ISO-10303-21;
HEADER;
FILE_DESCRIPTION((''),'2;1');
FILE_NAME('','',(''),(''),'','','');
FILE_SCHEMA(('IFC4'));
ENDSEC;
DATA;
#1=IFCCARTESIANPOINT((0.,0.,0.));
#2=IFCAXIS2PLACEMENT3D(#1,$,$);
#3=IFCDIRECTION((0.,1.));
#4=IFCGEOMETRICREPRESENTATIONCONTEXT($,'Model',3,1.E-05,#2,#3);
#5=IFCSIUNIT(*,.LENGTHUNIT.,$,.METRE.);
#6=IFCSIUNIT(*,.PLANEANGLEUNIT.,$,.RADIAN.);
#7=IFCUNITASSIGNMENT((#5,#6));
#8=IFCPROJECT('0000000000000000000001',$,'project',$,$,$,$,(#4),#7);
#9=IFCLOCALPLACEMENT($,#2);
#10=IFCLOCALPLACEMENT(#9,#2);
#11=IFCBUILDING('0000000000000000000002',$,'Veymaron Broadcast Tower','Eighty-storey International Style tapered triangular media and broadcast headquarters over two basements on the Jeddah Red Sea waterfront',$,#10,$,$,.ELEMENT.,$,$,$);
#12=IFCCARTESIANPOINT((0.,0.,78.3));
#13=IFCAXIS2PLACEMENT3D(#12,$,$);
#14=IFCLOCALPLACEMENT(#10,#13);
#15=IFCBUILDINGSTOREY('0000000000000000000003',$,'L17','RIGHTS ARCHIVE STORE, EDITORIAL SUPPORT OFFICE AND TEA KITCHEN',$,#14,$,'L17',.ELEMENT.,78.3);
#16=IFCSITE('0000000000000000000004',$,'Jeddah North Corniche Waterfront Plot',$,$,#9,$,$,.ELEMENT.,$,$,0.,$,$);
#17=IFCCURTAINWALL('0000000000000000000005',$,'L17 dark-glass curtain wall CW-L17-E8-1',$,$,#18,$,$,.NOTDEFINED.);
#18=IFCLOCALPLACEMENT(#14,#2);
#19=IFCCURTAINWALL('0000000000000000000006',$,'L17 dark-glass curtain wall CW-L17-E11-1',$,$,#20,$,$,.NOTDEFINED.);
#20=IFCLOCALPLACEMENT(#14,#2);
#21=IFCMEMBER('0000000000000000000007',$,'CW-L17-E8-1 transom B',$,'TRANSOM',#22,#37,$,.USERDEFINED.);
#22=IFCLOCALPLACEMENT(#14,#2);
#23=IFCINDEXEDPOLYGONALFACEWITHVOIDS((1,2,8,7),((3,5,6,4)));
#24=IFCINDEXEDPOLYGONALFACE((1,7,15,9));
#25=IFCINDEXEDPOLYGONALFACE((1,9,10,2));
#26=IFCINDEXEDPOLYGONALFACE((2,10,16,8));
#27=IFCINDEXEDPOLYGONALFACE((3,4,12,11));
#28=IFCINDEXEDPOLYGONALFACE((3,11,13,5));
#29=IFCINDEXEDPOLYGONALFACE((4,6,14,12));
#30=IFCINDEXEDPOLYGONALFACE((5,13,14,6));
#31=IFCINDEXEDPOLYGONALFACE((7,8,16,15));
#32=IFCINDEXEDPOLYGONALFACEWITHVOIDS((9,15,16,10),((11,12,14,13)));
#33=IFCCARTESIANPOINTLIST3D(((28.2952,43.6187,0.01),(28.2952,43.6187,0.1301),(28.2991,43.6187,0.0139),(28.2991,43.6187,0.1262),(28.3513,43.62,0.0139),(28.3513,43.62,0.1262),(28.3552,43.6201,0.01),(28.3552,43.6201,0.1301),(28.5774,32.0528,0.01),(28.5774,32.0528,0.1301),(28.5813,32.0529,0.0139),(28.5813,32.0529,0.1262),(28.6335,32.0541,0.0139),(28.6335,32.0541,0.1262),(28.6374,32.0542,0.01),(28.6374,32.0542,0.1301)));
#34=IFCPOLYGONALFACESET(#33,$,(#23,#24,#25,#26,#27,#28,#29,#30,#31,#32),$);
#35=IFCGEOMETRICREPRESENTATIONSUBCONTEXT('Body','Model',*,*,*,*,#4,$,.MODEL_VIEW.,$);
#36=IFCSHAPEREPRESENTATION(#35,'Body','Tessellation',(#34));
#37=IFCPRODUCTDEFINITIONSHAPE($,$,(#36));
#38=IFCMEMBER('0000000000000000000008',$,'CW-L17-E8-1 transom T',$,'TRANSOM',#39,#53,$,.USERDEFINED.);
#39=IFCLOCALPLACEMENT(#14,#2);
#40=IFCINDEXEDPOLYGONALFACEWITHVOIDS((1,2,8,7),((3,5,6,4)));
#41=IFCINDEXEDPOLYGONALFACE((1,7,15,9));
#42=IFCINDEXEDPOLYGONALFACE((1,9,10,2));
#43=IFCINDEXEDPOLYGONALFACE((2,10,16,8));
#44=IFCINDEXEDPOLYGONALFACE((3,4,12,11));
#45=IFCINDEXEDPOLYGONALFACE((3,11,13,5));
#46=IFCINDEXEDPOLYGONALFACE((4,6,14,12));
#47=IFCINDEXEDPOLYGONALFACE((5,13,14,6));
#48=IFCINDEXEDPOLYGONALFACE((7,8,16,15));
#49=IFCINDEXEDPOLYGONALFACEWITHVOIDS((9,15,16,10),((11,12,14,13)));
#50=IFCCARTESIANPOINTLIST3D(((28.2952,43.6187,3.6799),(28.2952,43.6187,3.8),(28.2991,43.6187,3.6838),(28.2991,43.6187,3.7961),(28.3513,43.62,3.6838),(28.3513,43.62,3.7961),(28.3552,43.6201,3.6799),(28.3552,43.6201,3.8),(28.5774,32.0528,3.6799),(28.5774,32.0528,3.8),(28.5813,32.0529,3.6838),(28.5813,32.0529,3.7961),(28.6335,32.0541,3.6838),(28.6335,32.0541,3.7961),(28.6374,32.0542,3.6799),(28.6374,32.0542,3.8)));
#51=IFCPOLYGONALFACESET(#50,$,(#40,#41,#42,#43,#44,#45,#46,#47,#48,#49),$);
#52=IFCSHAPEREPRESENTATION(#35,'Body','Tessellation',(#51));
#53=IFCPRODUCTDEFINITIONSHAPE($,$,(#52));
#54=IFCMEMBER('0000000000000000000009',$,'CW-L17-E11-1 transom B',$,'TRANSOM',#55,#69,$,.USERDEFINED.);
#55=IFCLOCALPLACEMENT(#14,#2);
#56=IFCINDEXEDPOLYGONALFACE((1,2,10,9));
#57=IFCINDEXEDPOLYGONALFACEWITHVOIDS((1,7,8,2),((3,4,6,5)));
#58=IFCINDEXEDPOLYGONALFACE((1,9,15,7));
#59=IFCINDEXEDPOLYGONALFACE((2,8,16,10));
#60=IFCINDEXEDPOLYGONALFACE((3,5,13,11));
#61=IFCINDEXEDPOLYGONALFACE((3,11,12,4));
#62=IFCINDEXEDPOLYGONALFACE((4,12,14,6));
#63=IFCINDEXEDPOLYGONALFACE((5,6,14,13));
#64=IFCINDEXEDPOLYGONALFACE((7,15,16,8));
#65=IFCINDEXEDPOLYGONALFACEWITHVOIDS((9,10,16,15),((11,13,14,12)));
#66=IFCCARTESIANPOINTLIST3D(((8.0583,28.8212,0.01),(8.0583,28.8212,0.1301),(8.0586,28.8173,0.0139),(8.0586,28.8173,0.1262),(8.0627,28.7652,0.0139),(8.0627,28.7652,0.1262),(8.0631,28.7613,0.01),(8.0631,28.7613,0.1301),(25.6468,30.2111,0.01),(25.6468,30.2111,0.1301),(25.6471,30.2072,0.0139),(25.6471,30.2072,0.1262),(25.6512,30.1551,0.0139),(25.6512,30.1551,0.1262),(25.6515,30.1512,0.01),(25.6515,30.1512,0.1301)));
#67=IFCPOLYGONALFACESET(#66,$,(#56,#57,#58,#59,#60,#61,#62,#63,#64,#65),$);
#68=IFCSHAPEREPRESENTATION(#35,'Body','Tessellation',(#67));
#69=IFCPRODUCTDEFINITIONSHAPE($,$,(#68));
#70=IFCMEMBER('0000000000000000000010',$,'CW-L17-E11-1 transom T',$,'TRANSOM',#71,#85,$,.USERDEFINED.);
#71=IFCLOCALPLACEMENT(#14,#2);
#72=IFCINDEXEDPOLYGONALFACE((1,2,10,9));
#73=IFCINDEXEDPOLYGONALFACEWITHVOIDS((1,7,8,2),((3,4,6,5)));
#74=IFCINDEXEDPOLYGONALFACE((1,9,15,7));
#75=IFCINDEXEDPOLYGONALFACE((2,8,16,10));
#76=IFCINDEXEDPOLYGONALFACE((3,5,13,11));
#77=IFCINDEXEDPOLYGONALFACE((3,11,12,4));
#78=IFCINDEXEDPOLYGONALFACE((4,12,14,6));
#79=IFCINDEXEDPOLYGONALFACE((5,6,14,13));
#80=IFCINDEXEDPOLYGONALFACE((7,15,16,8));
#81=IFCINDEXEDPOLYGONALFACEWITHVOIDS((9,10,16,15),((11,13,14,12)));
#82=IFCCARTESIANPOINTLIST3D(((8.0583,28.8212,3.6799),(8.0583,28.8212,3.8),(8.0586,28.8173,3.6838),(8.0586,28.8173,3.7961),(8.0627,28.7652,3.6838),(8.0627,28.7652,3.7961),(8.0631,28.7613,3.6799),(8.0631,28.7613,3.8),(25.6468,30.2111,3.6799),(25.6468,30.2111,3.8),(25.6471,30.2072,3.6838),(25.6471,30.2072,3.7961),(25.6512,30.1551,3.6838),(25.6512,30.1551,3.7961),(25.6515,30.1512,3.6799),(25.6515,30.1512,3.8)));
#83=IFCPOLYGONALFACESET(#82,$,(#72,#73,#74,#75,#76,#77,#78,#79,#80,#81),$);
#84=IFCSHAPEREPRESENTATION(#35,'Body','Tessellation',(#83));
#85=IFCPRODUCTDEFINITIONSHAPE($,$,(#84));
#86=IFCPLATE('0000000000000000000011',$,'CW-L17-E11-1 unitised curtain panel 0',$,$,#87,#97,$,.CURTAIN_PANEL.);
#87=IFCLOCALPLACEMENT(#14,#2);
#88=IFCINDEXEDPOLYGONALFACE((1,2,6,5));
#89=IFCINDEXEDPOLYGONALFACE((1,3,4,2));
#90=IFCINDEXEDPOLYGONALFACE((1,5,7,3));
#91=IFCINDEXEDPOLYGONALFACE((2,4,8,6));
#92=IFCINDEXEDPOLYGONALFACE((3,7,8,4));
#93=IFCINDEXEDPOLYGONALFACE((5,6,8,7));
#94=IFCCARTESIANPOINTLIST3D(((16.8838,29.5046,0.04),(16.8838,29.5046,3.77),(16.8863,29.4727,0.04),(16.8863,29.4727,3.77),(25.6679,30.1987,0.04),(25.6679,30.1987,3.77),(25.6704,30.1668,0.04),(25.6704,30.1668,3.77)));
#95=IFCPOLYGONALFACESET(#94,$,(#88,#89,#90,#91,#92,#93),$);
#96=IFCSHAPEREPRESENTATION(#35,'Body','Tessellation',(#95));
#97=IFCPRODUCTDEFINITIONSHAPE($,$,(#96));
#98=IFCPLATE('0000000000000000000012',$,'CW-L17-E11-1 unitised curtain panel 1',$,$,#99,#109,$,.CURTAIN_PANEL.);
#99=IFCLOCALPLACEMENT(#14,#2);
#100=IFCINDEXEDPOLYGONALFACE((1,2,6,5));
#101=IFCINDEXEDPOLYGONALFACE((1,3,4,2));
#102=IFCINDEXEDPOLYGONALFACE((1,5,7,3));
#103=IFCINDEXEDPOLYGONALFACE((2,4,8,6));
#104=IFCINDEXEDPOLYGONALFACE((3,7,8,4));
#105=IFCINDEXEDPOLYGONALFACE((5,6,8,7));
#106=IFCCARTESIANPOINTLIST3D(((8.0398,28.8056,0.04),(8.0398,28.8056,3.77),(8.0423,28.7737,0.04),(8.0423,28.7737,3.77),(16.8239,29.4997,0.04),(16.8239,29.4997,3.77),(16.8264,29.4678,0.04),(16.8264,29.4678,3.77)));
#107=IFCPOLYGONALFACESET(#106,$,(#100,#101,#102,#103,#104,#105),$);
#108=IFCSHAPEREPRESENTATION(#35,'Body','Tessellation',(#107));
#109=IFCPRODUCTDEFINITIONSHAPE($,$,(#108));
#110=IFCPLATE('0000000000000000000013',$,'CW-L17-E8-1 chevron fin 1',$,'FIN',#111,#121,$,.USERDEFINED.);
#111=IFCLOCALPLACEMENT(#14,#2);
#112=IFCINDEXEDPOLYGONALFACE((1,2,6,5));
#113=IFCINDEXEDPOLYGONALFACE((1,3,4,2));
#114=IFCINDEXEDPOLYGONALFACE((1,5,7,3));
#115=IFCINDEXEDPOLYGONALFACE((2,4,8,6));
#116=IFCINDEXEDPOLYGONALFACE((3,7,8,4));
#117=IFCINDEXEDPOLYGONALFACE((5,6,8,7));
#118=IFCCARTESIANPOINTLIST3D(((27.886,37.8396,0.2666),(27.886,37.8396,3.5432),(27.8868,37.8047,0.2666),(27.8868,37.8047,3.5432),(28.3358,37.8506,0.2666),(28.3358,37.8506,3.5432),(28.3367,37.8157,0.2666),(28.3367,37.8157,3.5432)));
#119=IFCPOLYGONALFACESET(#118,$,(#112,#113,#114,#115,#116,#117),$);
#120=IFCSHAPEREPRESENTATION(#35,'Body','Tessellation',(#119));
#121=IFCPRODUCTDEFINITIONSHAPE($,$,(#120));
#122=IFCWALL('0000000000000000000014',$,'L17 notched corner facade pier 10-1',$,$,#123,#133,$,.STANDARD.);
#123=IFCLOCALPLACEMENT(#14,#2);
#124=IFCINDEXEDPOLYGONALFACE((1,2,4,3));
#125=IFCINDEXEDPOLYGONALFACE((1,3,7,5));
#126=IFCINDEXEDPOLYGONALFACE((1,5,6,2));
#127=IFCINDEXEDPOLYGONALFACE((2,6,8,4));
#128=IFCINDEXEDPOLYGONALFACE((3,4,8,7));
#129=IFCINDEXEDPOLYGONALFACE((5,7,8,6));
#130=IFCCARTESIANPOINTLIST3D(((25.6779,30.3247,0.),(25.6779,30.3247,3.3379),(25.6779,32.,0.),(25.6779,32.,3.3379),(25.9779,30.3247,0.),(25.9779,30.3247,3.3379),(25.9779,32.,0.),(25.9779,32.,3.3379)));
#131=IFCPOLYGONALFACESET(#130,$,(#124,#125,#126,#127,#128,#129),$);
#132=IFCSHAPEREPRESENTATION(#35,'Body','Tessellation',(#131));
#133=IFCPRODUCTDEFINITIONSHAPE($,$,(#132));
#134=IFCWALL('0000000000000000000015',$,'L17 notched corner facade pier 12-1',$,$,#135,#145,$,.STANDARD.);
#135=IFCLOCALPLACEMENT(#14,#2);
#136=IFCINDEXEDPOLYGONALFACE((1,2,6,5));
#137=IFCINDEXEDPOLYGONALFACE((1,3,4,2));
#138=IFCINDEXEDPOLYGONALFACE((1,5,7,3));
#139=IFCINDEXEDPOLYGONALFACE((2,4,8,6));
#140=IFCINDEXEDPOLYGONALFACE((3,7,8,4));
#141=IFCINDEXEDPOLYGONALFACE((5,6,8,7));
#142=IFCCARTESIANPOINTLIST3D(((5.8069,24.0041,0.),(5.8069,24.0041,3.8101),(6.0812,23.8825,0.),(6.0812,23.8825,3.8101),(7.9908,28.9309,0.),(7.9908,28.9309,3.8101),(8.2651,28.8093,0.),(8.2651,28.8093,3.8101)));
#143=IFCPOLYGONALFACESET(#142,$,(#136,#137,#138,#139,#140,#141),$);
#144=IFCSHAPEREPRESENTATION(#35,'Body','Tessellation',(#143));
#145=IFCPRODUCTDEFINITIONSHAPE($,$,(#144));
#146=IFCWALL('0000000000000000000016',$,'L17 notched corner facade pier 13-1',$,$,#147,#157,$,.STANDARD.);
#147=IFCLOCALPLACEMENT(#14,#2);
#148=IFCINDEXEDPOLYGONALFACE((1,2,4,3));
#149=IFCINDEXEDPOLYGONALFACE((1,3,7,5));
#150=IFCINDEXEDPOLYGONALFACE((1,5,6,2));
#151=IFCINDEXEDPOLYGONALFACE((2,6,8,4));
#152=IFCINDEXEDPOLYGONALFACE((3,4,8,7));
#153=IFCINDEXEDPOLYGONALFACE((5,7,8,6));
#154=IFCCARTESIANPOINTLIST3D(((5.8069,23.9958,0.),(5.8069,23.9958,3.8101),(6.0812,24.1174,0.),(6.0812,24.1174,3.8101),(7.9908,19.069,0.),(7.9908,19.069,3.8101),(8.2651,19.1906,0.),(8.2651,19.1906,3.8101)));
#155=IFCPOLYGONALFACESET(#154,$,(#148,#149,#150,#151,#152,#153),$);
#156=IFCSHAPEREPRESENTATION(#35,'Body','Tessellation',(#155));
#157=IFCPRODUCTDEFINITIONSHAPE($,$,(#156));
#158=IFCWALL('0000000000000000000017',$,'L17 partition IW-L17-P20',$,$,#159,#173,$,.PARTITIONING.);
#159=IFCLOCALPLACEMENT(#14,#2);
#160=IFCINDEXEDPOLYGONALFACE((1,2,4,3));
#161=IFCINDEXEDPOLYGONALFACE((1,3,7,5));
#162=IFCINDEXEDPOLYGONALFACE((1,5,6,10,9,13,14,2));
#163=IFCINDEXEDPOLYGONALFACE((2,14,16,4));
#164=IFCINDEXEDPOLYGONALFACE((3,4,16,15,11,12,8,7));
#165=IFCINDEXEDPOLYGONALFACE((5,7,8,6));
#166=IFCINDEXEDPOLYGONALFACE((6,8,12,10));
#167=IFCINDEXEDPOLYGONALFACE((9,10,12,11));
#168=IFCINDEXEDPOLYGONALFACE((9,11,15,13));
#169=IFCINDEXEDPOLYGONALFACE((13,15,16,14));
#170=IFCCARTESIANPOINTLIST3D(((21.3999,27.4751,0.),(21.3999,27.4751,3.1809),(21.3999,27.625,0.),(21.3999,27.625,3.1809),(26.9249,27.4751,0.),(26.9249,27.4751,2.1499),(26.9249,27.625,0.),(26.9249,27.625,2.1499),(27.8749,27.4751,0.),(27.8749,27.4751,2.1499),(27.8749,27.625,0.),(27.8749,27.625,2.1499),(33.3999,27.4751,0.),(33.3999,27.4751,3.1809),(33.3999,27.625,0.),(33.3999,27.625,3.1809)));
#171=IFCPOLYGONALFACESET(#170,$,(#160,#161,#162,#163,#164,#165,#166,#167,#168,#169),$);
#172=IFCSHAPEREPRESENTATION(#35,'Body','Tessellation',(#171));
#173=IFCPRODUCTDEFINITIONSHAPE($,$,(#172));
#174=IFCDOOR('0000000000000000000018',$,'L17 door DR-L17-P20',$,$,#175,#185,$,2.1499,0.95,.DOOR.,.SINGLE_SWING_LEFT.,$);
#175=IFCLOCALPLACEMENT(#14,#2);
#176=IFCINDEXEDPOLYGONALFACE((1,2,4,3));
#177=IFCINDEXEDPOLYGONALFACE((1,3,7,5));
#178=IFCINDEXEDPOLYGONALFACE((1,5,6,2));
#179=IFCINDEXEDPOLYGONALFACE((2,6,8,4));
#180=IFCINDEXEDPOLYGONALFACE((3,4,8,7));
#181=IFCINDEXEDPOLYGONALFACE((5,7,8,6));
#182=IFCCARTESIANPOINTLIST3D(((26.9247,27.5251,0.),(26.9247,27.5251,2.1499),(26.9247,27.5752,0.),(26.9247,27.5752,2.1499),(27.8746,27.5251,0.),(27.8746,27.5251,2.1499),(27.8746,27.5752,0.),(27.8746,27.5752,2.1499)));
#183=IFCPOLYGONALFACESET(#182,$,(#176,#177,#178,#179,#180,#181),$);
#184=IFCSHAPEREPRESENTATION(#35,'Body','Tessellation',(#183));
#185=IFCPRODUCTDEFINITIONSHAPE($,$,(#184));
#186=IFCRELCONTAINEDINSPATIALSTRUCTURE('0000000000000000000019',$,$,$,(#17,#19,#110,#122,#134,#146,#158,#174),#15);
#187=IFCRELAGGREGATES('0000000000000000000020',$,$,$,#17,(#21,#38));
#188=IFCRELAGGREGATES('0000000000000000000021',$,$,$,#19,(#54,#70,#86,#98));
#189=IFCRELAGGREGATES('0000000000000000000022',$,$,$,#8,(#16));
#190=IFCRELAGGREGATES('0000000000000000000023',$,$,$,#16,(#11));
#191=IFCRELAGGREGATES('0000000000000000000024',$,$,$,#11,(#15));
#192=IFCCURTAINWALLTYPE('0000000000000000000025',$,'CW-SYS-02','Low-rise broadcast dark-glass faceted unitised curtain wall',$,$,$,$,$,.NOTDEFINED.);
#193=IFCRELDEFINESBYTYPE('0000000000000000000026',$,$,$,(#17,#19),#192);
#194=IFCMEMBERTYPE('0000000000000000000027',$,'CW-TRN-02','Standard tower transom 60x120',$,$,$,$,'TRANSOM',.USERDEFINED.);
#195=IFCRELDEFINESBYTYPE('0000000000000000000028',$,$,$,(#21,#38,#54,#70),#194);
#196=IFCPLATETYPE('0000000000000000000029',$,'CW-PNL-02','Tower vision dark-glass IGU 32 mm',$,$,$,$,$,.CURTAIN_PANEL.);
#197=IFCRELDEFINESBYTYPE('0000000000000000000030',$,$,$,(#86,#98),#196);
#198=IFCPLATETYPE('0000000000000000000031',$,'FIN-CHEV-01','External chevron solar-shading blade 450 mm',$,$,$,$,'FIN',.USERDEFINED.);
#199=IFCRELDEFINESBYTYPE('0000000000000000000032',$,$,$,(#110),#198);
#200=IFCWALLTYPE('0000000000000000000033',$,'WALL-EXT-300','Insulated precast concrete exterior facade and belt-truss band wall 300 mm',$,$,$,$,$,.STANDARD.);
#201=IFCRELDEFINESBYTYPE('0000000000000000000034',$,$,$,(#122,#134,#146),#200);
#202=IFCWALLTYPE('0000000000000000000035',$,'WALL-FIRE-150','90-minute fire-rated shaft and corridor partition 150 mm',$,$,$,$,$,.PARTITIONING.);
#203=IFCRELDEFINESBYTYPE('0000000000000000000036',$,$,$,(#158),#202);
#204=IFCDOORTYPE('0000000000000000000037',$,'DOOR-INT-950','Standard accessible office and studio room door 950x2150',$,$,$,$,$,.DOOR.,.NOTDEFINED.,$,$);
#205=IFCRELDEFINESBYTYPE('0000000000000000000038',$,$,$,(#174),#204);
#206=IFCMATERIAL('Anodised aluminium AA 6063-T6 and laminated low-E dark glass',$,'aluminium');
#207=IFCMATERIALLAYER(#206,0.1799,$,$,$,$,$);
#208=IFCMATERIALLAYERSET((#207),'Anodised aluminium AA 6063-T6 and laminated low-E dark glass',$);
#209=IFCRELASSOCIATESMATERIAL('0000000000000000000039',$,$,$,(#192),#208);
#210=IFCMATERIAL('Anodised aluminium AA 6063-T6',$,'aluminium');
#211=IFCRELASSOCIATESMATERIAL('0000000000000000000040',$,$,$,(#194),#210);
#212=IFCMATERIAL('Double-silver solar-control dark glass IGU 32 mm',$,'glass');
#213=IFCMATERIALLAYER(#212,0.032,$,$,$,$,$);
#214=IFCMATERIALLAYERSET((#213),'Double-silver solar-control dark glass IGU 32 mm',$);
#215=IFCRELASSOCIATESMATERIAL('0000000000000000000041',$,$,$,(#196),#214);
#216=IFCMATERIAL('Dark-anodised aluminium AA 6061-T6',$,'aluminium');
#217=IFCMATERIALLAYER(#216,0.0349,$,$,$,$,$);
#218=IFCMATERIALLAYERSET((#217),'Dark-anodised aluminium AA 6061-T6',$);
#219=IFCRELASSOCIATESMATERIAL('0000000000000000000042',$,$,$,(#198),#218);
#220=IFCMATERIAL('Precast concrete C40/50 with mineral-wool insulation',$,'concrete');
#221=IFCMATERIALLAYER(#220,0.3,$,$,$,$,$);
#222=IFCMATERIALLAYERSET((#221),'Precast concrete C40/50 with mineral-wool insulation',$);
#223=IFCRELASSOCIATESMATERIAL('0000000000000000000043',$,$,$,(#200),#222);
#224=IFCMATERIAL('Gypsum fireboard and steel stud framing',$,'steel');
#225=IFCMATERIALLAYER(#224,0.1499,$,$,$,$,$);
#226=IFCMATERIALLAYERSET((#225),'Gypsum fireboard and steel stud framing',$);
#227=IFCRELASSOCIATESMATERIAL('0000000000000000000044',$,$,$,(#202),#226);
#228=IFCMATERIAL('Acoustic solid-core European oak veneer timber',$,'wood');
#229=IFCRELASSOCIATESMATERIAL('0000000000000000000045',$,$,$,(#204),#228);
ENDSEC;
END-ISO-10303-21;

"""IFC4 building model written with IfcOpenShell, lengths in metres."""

from ifc_helpers import new_model, si_unit, direction, frame, frame_2d, origin, origin_2d, place, context, subcontext, project, spatial, rectangle, hollow_rectangle, extrude, material, layer, layer_set, material_profile, profile_set, type_object, element, fill, aggregate, save


model = new_model("IFC4")

# Units and contexts
model_context = context("Model", 3, precision=1e-05, world=origin(), true_north=direction((0.0, 1.0)))
body_context = subcontext(model_context, "Body", "Model", "MODEL_VIEW")
ifc_project = project(units=[si_unit("LENGTHUNIT", "METRE"), si_unit("PLANEANGLEUNIT", "RADIAN")], contexts=[model_context])

# Site, building, storey
site_placement = place(None, origin())
site = spatial("IfcSite", under=ifc_project, at=site_placement, Name="Jeddah North Corniche Waterfront Plot", CompositionType="ELEMENT", RefElevation=0.0)
building_placement = place(site_placement, origin())
building = spatial("IfcBuilding", under=site, at=building_placement, Name="Veymaron Broadcast Tower", Description="Eighty-storey International Style tapered triangular media and broadcast headquarters over two basements on the Jeddah Red Sea waterfront", CompositionType="ELEMENT")
storey_placement = place(building_placement, frame((0.0, 0.0, 78.3)))
storey = spatial("IfcBuildingStorey", under=building, at=storey_placement, Name="L17", Description="RIGHTS ARCHIVE STORE, EDITORIAL SUPPORT OFFICE AND TEA KITCHEN", LongName="L17", CompositionType="ELEMENT", Elevation=78.3)

# Curtain wall
ifc_material_1 = material(Name="Anodised aluminium AA 6063-T6 and laminated low-E dark glass", Category="aluminium")
ifc_layer_1 = layer(ifc_material_1, 0.1799)
ifc_layer_set_1 = layer_set([ifc_layer_1], Name="Anodised aluminium AA 6063-T6 and laminated low-E dark glass")
curtain_wall_type = type_object("IfcCurtainWallType", Name="CW-SYS-02", Description="Low-rise broadcast dark-glass faceted unitised curtain wall", PredefinedType="NOTDEFINED", material=ifc_layer_set_1)
curtain_wall_1_placement = place(storey_placement, origin())
curtain_wall_1 = element("IfcCurtainWall", 1, at=curtain_wall_1_placement, inside=storey, type_object=curtain_wall_type, Name="L17 dark-glass curtain wall CW-L17-E8-1", PredefinedType="NOTDEFINED")
ifc_material_2 = material(Name="Anodised aluminium AA 6063-T6", Category="aluminium")

# Curtain wall
curtain_wall_2_placement = place(storey_placement, origin())
curtain_wall_2 = element("IfcCurtainWall", 2, at=curtain_wall_2_placement, inside=storey, type_object=curtain_wall_type, Name="L17 dark-glass curtain wall CW-L17-E11-1", PredefinedType="NOTDEFINED")

# Members
ifc_material_profile_1 = material_profile(ifc_material_2, hollow_rectangle(XDim=0.0601, YDim=0.1201, WallThickness=0.0039, at=origin_2d()), Name="AL120X60X4")
ifc_profile_set_1 = profile_set([ifc_material_profile_1], Name="Anodised aluminium AA 6063-T6")
member_type_1 = type_object("IfcMemberType", Name="CW-TRN-02", Description="Standard tower transom 60x120", ElementType="TRANSOM", PredefinedType="USERDEFINED", material=ifc_profile_set_1)
member_1_placement = place(storey_placement, frame((28.3252, 43.6194, 0.0701), z_axis=(0.024394, -0.999702, 0.0), x_axis=(0.999702, 0.024394, 0.0)))
member_1 = element("IfcMember", 3, at=member_1_placement, type_object=member_type_1, Name="CW-L17-E8-1 transom B", ObjectType="TRANSOM", PredefinedType="USERDEFINED", context=body_context, shape_type="SweptSolid", body=[
    extrude(hollow_rectangle(XDim=0.0601, YDim=0.1201, WallThickness=0.0039, at=origin_2d()), origin(), (0.0, 0.0, 1.0), 11.5693),
])
member_2_placement = place(storey_placement, frame((28.3252, 43.6194, 3.74), z_axis=(0.024394, -0.999702, 0.0), x_axis=(0.999702, 0.024394, 0.0)))
member_2 = element("IfcMember", 4, at=member_2_placement, type_object=member_type_1, Name="CW-L17-E8-1 transom T", ObjectType="TRANSOM", PredefinedType="USERDEFINED", context=body_context, shape_type="SweptSolid", body=[
    extrude(hollow_rectangle(XDim=0.0601, YDim=0.1201, WallThickness=0.0039, at=origin_2d()), origin(), (0.0, 0.0, 1.0), 11.5693),
])
aggregate(curtain_wall_1, [member_1, member_2])
member_3_placement = place(storey_placement, frame((25.6492, 30.1812, 0.0701), z_axis=(-0.996892, -0.078778, 0.0), x_axis=(0.078778, -0.996892, 0.0)))
member_3 = element("IfcMember", 5, at=member_3_placement, type_object=member_type_1, Name="CW-L17-E11-1 transom B", ObjectType="TRANSOM", PredefinedType="USERDEFINED", context=body_context, shape_type="SweptSolid", body=[
    extrude(hollow_rectangle(XDim=0.0601, YDim=0.1201, WallThickness=0.0039, at=origin_2d()), origin(), (0.0, 0.0, 1.0), 17.6433),
])
member_4_placement = place(storey_placement, frame((25.6492, 30.1812, 3.74), z_axis=(-0.996892, -0.078778, 0.0), x_axis=(0.078778, -0.996892, 0.0)))
member_4 = element("IfcMember", 6, at=member_4_placement, type_object=member_type_1, Name="CW-L17-E11-1 transom T", ObjectType="TRANSOM", PredefinedType="USERDEFINED", context=body_context, shape_type="SweptSolid", body=[
    extrude(hollow_rectangle(XDim=0.0601, YDim=0.1201, WallThickness=0.0039, at=origin_2d()), origin(), (0.0, 0.0, 1.0), 17.6433),
])

# Plates
ifc_material_3 = material(Name="Double-silver solar-control dark glass IGU 32 mm", Category="glass")
ifc_layer_2 = layer(ifc_material_3, 0.032)
ifc_layer_set_2 = layer_set([ifc_layer_2], Name="Double-silver solar-control dark glass IGU 32 mm")
plate_type_1 = type_object("IfcPlateType", Name="CW-PNL-02", Description="Tower vision dark-glass IGU 32 mm", PredefinedType="CURTAIN_PANEL", material=ifc_layer_set_2)
plate_1_placement = place(storey_placement, frame((21.2771, 29.8357, 0.04), z_axis=(0.0, 0.0, 1.0), x_axis=(-0.996893, -0.078772, 0.0)))
plate_1 = element("IfcPlate", 7, at=plate_1_placement, type_object=plate_type_1, Name="CW-L17-E11-1 unitised curtain panel 0", PredefinedType="CURTAIN_PANEL", context=body_context, shape_type="SweptSolid", body=[
    extrude(rectangle(XDim=8.8115, YDim=0.032, at=origin_2d()), origin(), (0.0, 0.0, 1.0), 3.73),
])
plate_2_placement = place(storey_placement, frame((12.4331, 29.1367, 0.04), z_axis=(0.0, 0.0, 1.0), x_axis=(-0.996893, -0.078772, 0.0)))
plate_2 = element("IfcPlate", 8, at=plate_2_placement, type_object=plate_type_1, Name="CW-L17-E11-1 unitised curtain panel 1", PredefinedType="CURTAIN_PANEL", context=body_context, shape_type="SweptSolid", body=[
    extrude(rectangle(XDim=8.8115, YDim=0.032, at=origin_2d()), origin(), (0.0, 0.0, 1.0), 3.73),
])
aggregate(curtain_wall_2, [member_3, member_4, plate_1, plate_2])
ifc_material_4 = material(Name="Dark-anodised aluminium AA 6061-T6", Category="aluminium")
ifc_layer_3 = layer(ifc_material_4, 0.0349)
ifc_layer_set_3 = layer_set([ifc_layer_3], Name="Dark-anodised aluminium AA 6061-T6")
plate_type_2 = type_object("IfcPlateType", Name="FIN-CHEV-01", Description="External chevron solar-shading blade 450 mm", ElementType="FIN", PredefinedType="USERDEFINED", material=ifc_layer_set_3)
plate_3_placement = place(storey_placement, frame((28.1113, 37.8276, 0.2666), z_axis=(0.0, 0.0, 1.0), x_axis=(-0.999703, -0.02438, 0.0)))
element("IfcPlate", 9, at=plate_3_placement, inside=storey, type_object=plate_type_2, Name="CW-L17-E8-1 chevron fin 1", ObjectType="FIN", PredefinedType="USERDEFINED", context=body_context, shape_type="SweptSolid", body=[
    extrude(rectangle(XDim=0.45, YDim=0.0349, at=origin_2d()), origin(), (0.0, 0.0, 1.0), 3.2766),
])

# Walls
ifc_material_5 = material(Name="Precast concrete C40/50 with mineral-wool insulation", Category="concrete")
ifc_layer_4 = layer(ifc_material_5, 0.3)
ifc_layer_set_4 = layer_set([ifc_layer_4], Name="Precast concrete C40/50 with mineral-wool insulation")
wall_type_1 = type_object("IfcWallType", Name="WALL-EXT-300", Description="Insulated precast concrete exterior facade and belt-truss band wall 300 mm", PredefinedType="STANDARD", material=ifc_layer_set_4)
wall_1_placement = place(storey_placement, frame((25.8279, 32.0, 0.0), z_axis=(0.0, 0.0, 1.0), x_axis=(0.0, -1.0, 0.0)))
element("IfcWall", 10, at=wall_1_placement, inside=storey, type_object=wall_type_1, Name="L17 notched corner facade pier 10-1", PredefinedType="STANDARD", context=body_context, shape_type="SweptSolid", body=[
    extrude(rectangle(XDim=1.6753, YDim=0.3, at=frame_2d((0.8376, 0.0))), origin(), (0.0, 0.0, 1.0), 3.3379),
])
for number, where, z_axis, x_axis, name in (
    (11, (8.1279, 28.8701, 0.0), (0.0, 0.0, 1.0), (-0.405235, -0.914213, 0.0), "L17 notched corner facade pier 12-1"),
    (12, (5.9441, 24.0566, 0.0), (0.0, 0.0, 1.0), (0.405235, -0.914213, 0.0), "L17 notched corner facade pier 13-1"),
):
    element("IfcWall", number, at=place(storey_placement, frame(where, z_axis=z_axis, x_axis=x_axis)), inside=storey, type_object=wall_type_1, Name=name, PredefinedType="STANDARD", context=body_context, shape_type="SweptSolid", body=[
        extrude(rectangle(XDim=5.3892, YDim=0.3, at=frame_2d((2.6946, 0.0))), origin(), (0.0, 0.0, 1.0), 3.8101),
    ])

# Wall, opening, door
ifc_material_6 = material(Name="Gypsum fireboard and steel stud framing", Category="steel")
ifc_layer_5 = layer(ifc_material_6, 0.1499)
ifc_layer_set_5 = layer_set([ifc_layer_5], Name="Gypsum fireboard and steel stud framing")
wall_type_2 = type_object("IfcWallType", Name="WALL-FIRE-150", Description="90-minute fire-rated shaft and corridor partition 150 mm", PredefinedType="PARTITIONING", material=ifc_layer_set_5)
ifc_material_7 = material(Name="Acoustic solid-core European oak veneer timber", Category="wood")
door_type = type_object("IfcDoorType", Name="DOOR-INT-950", Description="Standard accessible office and studio room door 950x2150", OperationType="NOTDEFINED", PredefinedType="DOOR", material=ifc_material_7)
wall_2_placement = place(storey_placement, frame((21.3999, 27.55, 0.0), z_axis=(0.0, 0.0, 1.0), x_axis=(1.0, 0.0, 0.0)))
wall_2 = element("IfcWall", 13, at=wall_2_placement, inside=storey, type_object=wall_type_2, Name="L17 partition IW-L17-P20", PredefinedType="PARTITIONING", context=body_context, shape_type="SweptSolid", body=[
    extrude(rectangle(XDim=12.0, YDim=0.1499, at=frame_2d((6.0, 0.0))), origin(), (0.0, 0.0, 1.0), 3.1809),
])
opening_1_placement = place(wall_2_placement, frame((5.5249, 0.0, 0.0)))
opening_1 = element("IfcOpeningElement", 14, at=opening_1_placement, cuts=wall_2, PredefinedType="OPENING", context=body_context, shape_type="SweptSolid", body=[
    extrude(rectangle(XDim=0.95, YDim=2.1499, at=frame_2d((0.4751, 1.075))), frame((0.0, 0.085, 0.0), z_axis=(0.0, -1.0, 0.0), x_axis=(1.0, 0.0, 0.0)), (0.0, 0.0, 1.0), 0.1699),
])
door_1_placement = place(opening_1_placement, frame((0.95, 0.0, 0.0), z_axis=(0.0, 0.0, 1.0), x_axis=(-1.0, 0.0, 0.0)))
door_1 = element("IfcDoor", 15, at=door_1_placement, inside=storey, type_object=door_type, Name="L17 door DR-L17-P20", OperationType="SINGLE_SWING_LEFT", OverallHeight=2.1499, OverallWidth=0.95, PredefinedType="DOOR", context=body_context, shape_type="SweptSolid", body=[
    extrude(rectangle(XDim=0.95, YDim=2.1499, at=frame_2d((0.4751, 1.075))), frame((0.0, 0.0249, 0.0), z_axis=(0.0, -1.0, 0.0), x_axis=(1.0, 0.0, 0.0)), (0.0, 0.0, 1.0), 0.05),
])
fill(opening_1, door_1)

save(model, "model.ifc")
